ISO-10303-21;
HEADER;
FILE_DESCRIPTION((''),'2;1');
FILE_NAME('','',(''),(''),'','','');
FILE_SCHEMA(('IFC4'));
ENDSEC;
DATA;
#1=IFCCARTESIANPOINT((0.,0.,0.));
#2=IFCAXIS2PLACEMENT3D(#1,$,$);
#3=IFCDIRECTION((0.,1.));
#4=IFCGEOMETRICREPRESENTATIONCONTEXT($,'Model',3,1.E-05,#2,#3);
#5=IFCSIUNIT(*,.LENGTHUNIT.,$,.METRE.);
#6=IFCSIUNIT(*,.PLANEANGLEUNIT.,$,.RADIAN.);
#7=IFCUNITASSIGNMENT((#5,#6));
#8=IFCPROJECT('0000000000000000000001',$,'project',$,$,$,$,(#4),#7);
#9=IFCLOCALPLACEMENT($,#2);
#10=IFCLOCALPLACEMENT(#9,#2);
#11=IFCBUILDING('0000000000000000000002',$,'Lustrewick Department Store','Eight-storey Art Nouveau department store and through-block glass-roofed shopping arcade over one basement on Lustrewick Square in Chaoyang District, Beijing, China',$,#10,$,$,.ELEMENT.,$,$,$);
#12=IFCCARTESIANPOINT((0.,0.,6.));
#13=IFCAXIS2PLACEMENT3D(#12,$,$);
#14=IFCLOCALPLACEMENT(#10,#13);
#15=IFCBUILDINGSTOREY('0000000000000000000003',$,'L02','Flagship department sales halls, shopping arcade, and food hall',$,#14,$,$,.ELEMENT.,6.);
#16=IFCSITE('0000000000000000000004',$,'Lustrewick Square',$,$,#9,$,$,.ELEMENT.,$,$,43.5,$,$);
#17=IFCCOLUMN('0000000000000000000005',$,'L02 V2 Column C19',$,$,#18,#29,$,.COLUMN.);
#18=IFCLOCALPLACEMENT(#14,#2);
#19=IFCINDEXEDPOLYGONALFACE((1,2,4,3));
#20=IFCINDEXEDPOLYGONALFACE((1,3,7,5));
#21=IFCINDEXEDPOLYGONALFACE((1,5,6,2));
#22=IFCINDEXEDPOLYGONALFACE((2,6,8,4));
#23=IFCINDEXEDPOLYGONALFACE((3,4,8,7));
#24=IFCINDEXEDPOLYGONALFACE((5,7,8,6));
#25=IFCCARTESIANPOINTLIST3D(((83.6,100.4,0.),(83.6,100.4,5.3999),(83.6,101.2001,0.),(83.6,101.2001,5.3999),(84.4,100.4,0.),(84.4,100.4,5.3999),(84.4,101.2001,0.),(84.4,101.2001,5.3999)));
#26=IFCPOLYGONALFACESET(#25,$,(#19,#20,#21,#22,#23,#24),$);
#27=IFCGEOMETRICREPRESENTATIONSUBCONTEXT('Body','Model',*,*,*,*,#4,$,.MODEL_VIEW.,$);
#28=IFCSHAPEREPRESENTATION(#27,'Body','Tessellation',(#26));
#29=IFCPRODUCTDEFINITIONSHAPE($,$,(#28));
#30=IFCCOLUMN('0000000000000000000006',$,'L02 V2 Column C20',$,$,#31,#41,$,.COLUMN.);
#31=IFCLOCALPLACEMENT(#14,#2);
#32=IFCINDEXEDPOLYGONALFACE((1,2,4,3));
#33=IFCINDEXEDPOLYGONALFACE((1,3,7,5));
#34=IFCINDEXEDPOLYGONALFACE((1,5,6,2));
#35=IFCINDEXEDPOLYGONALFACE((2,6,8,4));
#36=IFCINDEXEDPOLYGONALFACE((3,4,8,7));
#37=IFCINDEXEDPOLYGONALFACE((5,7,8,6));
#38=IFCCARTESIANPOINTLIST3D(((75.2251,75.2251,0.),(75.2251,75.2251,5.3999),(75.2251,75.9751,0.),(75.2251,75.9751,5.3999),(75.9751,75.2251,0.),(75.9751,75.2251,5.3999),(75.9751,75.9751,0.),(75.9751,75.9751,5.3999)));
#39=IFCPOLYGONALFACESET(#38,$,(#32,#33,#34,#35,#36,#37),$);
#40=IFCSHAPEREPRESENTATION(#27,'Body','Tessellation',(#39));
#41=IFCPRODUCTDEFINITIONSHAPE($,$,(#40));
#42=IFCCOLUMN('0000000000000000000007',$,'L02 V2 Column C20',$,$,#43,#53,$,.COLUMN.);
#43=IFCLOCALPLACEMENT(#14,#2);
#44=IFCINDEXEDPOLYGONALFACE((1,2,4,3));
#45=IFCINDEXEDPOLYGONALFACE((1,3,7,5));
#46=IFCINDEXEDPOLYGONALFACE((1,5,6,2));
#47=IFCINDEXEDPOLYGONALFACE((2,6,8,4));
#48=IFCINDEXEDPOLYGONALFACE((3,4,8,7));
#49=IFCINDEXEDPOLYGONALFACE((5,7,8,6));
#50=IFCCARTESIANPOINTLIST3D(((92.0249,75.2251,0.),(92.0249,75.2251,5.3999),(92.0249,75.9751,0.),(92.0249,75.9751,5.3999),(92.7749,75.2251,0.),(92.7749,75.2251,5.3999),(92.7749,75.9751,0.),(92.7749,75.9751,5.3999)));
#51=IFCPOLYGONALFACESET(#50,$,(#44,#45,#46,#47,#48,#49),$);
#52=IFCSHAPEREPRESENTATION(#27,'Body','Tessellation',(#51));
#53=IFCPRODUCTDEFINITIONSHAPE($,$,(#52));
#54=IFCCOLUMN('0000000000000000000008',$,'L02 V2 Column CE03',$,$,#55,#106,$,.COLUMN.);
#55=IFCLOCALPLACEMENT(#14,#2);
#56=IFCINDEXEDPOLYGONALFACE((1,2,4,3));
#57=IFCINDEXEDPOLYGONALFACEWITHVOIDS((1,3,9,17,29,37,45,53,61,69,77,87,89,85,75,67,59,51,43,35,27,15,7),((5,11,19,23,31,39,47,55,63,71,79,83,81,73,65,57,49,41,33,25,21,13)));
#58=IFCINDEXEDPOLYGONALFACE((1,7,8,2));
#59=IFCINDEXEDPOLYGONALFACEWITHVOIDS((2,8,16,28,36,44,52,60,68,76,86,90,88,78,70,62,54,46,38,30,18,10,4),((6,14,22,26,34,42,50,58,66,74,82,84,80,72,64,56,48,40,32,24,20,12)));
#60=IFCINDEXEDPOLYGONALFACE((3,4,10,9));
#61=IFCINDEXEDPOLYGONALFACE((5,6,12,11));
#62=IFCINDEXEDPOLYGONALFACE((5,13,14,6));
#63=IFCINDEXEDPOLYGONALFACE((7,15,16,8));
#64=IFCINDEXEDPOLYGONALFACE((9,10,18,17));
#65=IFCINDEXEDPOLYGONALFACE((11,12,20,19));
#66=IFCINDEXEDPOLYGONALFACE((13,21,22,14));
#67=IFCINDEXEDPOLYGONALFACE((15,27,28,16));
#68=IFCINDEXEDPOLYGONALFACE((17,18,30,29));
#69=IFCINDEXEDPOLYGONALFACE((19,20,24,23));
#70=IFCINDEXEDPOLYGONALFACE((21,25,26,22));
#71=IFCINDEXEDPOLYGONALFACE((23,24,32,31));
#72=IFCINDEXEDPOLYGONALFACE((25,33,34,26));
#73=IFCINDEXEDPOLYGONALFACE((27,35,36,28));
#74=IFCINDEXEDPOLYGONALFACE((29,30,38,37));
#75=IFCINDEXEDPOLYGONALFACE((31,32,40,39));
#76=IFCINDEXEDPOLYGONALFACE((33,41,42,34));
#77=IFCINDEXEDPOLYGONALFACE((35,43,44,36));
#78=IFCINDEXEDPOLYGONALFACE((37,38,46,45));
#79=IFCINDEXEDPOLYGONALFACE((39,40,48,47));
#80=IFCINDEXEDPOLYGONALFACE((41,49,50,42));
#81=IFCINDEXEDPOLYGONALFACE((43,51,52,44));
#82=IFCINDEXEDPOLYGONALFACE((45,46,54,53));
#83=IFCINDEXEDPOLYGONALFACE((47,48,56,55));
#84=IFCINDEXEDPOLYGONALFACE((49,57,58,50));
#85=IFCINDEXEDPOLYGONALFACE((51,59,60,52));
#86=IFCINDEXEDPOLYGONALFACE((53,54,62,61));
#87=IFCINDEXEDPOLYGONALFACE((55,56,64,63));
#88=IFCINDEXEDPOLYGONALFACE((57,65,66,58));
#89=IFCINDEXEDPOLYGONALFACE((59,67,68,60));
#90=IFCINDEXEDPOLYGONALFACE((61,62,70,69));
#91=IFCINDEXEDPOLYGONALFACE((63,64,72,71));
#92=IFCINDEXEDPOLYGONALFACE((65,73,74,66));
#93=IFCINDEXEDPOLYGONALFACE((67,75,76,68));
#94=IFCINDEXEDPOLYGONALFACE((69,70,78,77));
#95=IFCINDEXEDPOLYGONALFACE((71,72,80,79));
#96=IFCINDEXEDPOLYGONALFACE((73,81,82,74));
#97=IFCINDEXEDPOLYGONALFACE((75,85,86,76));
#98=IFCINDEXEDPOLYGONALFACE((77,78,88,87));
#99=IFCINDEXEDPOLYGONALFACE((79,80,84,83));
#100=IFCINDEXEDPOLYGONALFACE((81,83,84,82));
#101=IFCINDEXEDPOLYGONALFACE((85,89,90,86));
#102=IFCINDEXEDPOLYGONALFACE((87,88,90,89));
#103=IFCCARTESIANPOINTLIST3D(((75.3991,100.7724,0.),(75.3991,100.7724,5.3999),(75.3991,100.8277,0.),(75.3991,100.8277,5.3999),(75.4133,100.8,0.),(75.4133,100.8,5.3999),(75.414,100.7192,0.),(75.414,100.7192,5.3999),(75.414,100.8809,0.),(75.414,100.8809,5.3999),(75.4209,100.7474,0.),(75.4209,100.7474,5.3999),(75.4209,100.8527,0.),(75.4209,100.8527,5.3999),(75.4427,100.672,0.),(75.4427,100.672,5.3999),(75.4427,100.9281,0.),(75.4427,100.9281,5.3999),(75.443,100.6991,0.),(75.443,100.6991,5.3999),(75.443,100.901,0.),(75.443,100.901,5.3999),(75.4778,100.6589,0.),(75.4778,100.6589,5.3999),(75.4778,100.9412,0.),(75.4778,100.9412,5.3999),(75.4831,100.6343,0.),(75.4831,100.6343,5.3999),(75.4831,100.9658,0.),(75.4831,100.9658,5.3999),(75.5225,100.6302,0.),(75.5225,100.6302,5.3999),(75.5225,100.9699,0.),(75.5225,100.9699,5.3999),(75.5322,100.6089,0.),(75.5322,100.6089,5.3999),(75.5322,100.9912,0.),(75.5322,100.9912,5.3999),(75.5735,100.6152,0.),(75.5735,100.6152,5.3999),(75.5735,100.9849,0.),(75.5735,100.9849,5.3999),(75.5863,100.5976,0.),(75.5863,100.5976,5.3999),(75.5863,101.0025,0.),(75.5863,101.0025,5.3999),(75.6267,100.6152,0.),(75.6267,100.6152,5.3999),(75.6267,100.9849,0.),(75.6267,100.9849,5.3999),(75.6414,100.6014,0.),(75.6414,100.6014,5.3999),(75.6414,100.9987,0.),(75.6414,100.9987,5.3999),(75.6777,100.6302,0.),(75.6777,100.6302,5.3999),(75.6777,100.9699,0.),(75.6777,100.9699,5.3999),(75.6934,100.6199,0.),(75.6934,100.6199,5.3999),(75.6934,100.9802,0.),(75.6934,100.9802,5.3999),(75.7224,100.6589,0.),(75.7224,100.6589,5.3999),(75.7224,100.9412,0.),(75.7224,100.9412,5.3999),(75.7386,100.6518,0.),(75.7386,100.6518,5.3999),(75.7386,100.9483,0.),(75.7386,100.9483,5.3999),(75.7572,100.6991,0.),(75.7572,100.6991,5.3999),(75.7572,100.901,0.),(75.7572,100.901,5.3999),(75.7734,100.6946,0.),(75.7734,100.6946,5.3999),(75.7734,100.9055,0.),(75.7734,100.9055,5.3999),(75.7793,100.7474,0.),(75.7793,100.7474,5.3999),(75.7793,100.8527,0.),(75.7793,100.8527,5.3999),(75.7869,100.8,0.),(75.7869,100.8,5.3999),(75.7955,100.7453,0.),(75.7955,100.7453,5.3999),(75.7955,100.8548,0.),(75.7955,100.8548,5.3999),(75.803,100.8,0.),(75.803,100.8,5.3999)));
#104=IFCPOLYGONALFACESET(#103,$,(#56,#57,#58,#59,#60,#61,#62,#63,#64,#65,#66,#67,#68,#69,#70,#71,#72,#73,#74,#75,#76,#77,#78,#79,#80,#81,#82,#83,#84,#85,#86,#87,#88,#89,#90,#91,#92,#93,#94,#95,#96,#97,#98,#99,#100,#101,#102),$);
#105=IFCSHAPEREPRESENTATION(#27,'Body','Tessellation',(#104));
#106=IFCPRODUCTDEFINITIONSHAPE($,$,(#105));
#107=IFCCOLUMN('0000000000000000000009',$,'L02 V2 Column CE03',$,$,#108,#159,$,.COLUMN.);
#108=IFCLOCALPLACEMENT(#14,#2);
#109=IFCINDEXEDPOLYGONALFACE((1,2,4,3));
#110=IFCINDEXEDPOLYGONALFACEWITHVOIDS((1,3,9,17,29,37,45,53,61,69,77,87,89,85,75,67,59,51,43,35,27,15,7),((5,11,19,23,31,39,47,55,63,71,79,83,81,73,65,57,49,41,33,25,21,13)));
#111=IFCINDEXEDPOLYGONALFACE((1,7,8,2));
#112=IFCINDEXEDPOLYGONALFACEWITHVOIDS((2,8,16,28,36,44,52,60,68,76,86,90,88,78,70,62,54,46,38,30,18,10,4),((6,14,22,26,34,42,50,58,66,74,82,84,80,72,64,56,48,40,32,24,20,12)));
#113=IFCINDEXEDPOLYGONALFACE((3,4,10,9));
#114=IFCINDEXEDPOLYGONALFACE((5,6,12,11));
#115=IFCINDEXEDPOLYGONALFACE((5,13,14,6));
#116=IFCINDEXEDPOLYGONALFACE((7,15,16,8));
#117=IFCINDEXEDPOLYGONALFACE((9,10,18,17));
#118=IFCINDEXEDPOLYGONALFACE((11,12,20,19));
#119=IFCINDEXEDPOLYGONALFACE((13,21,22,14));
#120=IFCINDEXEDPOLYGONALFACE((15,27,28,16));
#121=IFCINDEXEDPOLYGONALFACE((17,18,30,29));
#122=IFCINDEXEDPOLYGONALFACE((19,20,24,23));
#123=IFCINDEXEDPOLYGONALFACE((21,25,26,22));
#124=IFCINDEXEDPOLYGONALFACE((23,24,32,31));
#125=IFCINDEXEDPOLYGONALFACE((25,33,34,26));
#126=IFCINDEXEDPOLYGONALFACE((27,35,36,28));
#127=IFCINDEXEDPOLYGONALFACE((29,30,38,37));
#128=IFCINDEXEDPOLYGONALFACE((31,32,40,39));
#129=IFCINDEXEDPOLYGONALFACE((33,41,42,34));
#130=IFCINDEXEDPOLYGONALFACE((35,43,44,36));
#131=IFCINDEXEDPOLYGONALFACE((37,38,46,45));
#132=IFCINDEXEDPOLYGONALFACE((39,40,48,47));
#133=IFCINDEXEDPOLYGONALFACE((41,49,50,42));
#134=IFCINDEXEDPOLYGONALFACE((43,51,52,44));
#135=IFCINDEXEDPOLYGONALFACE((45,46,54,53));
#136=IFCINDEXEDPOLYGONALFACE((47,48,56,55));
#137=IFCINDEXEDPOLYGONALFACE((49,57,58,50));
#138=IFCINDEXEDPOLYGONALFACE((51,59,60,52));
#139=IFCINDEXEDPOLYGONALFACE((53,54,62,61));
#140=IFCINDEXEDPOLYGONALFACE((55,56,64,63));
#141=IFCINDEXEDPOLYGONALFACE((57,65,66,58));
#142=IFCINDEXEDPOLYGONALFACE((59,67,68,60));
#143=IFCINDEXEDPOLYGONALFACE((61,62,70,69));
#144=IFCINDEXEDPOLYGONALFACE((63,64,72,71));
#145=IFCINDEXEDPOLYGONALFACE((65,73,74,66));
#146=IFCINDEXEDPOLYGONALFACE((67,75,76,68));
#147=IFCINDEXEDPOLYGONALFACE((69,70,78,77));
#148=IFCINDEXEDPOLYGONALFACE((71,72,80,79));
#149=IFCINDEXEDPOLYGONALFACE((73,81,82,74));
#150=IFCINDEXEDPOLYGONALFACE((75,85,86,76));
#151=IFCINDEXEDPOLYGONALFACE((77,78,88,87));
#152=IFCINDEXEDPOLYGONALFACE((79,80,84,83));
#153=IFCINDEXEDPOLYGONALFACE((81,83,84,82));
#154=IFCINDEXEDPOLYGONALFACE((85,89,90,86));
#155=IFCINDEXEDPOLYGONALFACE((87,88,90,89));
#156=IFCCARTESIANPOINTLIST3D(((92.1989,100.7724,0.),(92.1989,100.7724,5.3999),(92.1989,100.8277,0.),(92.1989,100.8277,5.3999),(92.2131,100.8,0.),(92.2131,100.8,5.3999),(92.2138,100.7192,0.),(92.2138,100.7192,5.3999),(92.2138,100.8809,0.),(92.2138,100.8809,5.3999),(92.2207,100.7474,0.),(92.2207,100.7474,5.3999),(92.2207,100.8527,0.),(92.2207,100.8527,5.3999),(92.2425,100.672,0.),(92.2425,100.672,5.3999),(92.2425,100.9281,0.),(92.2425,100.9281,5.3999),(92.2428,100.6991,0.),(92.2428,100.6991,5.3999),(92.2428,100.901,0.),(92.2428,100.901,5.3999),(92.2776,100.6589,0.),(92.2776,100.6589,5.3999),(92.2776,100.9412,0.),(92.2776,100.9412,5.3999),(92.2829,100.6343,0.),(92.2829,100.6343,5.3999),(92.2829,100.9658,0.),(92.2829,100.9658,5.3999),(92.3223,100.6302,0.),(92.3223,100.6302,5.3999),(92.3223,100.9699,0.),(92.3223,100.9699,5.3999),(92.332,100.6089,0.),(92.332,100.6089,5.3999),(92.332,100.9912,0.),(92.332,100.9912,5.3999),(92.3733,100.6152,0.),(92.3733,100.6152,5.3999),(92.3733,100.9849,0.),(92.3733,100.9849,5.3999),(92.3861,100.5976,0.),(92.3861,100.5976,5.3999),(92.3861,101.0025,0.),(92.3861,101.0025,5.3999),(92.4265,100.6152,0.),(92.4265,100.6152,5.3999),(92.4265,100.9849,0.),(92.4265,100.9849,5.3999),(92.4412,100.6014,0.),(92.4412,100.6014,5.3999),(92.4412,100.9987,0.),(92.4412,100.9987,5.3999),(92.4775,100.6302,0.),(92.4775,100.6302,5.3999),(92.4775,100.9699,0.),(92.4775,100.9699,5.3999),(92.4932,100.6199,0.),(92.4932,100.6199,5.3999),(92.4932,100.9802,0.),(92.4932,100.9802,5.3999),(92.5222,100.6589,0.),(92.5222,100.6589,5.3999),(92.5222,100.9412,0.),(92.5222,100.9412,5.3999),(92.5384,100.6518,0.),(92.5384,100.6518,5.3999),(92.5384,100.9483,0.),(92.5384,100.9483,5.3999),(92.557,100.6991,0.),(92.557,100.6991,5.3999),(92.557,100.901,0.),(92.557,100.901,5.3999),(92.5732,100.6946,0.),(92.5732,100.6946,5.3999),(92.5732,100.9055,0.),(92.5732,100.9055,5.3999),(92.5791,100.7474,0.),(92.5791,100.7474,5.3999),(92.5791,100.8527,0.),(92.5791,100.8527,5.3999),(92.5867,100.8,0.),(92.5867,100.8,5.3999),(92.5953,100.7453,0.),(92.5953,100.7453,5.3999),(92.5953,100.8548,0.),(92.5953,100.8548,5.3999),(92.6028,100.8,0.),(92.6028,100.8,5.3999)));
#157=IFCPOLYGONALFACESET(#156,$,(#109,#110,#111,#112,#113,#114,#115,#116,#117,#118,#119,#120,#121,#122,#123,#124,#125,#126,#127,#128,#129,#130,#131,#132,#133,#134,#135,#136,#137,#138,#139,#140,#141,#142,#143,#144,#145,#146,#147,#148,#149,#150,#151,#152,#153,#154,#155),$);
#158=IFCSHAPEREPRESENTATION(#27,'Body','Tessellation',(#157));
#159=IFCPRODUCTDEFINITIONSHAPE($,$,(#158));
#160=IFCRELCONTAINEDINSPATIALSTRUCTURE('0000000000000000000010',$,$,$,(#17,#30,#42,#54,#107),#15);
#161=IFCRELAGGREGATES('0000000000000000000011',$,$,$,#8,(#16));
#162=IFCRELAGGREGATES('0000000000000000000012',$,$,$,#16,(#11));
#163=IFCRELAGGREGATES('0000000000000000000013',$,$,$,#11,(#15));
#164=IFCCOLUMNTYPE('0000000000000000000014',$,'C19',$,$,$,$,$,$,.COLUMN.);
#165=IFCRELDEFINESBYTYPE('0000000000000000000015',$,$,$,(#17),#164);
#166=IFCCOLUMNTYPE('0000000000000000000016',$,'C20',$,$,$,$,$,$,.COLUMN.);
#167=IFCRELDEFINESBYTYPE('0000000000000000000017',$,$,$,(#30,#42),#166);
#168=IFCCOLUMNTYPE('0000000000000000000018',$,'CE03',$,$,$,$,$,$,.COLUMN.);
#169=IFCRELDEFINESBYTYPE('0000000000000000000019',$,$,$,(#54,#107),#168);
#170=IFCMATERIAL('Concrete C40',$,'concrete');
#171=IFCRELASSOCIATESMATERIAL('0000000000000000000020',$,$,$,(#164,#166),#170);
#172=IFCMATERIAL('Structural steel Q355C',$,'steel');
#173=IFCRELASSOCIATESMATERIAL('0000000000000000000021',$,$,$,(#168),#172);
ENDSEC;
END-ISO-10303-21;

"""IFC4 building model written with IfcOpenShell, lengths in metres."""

from ifc_helpers import new_model, si_unit, direction, frame, origin, origin_2d, place, context, subcontext, project, spatial, rectangle, hollow_circle, extrude, material, material_profile, profile_set, type_object, element, save


model = new_model("IFC4")

# Units and contexts
model_context = context("Model", 3, precision=1e-05, world=origin(), true_north=direction((0.0, 1.0)))
body_context = subcontext(model_context, "Body", "Model", "MODEL_VIEW")
ifc_project = project(units=[si_unit("LENGTHUNIT", "METRE"), si_unit("PLANEANGLEUNIT", "RADIAN")], contexts=[model_context])

# Site, building, storey
site_placement = place(None, origin())
site = spatial("IfcSite", under=ifc_project, at=site_placement, Name="Lustrewick Square", CompositionType="ELEMENT", RefElevation=43.5)
building_placement = place(site_placement, origin())
building = spatial("IfcBuilding", under=site, at=building_placement, Name="Lustrewick Department Store", Description="Eight-storey Art Nouveau department store and through-block glass-roofed shopping arcade over one basement on Lustrewick Square in Chaoyang District, Beijing, China", CompositionType="ELEMENT")
storey_placement = place(building_placement, frame((0.0, 0.0, 6.0)))
storey = spatial("IfcBuildingStorey", under=building, at=storey_placement, Name="L02", Description="Flagship department sales halls, shopping arcade, and food hall", CompositionType="ELEMENT", Elevation=6.0)

# Columns
ifc_material_1 = material(Name="Structural steel Q355C", Category="steel")
ifc_material_2 = material(Name="Concrete C40", Category="concrete")
ifc_material_profile_1 = material_profile(ifc_material_2, rectangle(XDim=0.8, YDim=0.8, at=origin_2d()), Name="RC 800x800")
ifc_profile_set_1 = profile_set([ifc_material_profile_1], Name="Concrete C40")
column_type_1 = type_object("IfcColumnType", Name="C19", PredefinedType="COLUMN", material=ifc_profile_set_1)
column_placement = place(storey_placement, frame((84.0, 100.8, 0.0), z_axis=(0.0, 0.0, 1.0), x_axis=(1.0, 0.0, 0.0)))
element("IfcColumn", 1, at=column_placement, inside=storey, type_object=column_type_1, Name="L02 V2 Column C19", PredefinedType="COLUMN", context=body_context, shape_type="SweptSolid", body=[
    extrude(rectangle(XDim=0.8, YDim=0.8, at=origin_2d()), origin(), (0.0, 0.0, 1.0), 5.3999),
])
ifc_material_profile_2 = material_profile(ifc_material_2, rectangle(XDim=0.75, YDim=0.75, at=origin_2d()), Name="RC 750x750")
ifc_profile_set_2 = profile_set([ifc_material_profile_2], Name="Concrete C40")
column_type_2 = type_object("IfcColumnType", Name="C20", PredefinedType="COLUMN", material=ifc_profile_set_2)
for number, where, z_axis, x_axis, name in (
    (2, (75.6001, 75.6001, 0.0), (0.0, 0.0, 1.0), (1.0, 0.0, 0.0), "L02 V2 Column C20"),
    (3, (92.3999, 75.6001, 0.0), (0.0, 0.0, 1.0), (1.0, 0.0, 0.0), "L02 V2 Column C20"),
):
    element("IfcColumn", number, at=place(storey_placement, frame(where, z_axis=z_axis, x_axis=x_axis)), inside=storey, type_object=column_type_2, Name=name, PredefinedType="COLUMN", context=body_context, shape_type="SweptSolid", body=[
        extrude(rectangle(XDim=0.75, YDim=0.75, at=origin_2d()), origin(), (0.0, 0.0, 1.0), 5.3999),
    ])
ifc_material_profile_3 = material_profile(ifc_material_1, hollow_circle(Radius=0.2029, WallThickness=0.0161, at=origin_2d()), Name="CHS 406x16")
ifc_profile_set_3 = profile_set([ifc_material_profile_3], Name="Structural steel Q355C")
column_type_3 = type_object("IfcColumnType", Name="CE03", PredefinedType="COLUMN", material=ifc_profile_set_3)
for number, where, z_axis, x_axis, name in (
    (4, (75.6001, 100.8, 0.0), (0.0, 0.0, 1.0), (1.0, 0.0, 0.0), "L02 V2 Column CE03"),
    (5, (92.3999, 100.8, 0.0), (0.0, 0.0, 1.0), (1.0, 0.0, 0.0), "L02 V2 Column CE03"),
):
    element("IfcColumn", number, at=place(storey_placement, frame(where, z_axis=z_axis, x_axis=x_axis)), inside=storey, type_object=column_type_3, Name=name, PredefinedType="COLUMN", context=body_context, shape_type="SweptSolid", body=[
        extrude(hollow_circle(Radius=0.2029, WallThickness=0.0161, at=origin_2d()), origin(), (0.0, 0.0, 1.0), 5.3999),
    ])

save(model, "model.ifc")
